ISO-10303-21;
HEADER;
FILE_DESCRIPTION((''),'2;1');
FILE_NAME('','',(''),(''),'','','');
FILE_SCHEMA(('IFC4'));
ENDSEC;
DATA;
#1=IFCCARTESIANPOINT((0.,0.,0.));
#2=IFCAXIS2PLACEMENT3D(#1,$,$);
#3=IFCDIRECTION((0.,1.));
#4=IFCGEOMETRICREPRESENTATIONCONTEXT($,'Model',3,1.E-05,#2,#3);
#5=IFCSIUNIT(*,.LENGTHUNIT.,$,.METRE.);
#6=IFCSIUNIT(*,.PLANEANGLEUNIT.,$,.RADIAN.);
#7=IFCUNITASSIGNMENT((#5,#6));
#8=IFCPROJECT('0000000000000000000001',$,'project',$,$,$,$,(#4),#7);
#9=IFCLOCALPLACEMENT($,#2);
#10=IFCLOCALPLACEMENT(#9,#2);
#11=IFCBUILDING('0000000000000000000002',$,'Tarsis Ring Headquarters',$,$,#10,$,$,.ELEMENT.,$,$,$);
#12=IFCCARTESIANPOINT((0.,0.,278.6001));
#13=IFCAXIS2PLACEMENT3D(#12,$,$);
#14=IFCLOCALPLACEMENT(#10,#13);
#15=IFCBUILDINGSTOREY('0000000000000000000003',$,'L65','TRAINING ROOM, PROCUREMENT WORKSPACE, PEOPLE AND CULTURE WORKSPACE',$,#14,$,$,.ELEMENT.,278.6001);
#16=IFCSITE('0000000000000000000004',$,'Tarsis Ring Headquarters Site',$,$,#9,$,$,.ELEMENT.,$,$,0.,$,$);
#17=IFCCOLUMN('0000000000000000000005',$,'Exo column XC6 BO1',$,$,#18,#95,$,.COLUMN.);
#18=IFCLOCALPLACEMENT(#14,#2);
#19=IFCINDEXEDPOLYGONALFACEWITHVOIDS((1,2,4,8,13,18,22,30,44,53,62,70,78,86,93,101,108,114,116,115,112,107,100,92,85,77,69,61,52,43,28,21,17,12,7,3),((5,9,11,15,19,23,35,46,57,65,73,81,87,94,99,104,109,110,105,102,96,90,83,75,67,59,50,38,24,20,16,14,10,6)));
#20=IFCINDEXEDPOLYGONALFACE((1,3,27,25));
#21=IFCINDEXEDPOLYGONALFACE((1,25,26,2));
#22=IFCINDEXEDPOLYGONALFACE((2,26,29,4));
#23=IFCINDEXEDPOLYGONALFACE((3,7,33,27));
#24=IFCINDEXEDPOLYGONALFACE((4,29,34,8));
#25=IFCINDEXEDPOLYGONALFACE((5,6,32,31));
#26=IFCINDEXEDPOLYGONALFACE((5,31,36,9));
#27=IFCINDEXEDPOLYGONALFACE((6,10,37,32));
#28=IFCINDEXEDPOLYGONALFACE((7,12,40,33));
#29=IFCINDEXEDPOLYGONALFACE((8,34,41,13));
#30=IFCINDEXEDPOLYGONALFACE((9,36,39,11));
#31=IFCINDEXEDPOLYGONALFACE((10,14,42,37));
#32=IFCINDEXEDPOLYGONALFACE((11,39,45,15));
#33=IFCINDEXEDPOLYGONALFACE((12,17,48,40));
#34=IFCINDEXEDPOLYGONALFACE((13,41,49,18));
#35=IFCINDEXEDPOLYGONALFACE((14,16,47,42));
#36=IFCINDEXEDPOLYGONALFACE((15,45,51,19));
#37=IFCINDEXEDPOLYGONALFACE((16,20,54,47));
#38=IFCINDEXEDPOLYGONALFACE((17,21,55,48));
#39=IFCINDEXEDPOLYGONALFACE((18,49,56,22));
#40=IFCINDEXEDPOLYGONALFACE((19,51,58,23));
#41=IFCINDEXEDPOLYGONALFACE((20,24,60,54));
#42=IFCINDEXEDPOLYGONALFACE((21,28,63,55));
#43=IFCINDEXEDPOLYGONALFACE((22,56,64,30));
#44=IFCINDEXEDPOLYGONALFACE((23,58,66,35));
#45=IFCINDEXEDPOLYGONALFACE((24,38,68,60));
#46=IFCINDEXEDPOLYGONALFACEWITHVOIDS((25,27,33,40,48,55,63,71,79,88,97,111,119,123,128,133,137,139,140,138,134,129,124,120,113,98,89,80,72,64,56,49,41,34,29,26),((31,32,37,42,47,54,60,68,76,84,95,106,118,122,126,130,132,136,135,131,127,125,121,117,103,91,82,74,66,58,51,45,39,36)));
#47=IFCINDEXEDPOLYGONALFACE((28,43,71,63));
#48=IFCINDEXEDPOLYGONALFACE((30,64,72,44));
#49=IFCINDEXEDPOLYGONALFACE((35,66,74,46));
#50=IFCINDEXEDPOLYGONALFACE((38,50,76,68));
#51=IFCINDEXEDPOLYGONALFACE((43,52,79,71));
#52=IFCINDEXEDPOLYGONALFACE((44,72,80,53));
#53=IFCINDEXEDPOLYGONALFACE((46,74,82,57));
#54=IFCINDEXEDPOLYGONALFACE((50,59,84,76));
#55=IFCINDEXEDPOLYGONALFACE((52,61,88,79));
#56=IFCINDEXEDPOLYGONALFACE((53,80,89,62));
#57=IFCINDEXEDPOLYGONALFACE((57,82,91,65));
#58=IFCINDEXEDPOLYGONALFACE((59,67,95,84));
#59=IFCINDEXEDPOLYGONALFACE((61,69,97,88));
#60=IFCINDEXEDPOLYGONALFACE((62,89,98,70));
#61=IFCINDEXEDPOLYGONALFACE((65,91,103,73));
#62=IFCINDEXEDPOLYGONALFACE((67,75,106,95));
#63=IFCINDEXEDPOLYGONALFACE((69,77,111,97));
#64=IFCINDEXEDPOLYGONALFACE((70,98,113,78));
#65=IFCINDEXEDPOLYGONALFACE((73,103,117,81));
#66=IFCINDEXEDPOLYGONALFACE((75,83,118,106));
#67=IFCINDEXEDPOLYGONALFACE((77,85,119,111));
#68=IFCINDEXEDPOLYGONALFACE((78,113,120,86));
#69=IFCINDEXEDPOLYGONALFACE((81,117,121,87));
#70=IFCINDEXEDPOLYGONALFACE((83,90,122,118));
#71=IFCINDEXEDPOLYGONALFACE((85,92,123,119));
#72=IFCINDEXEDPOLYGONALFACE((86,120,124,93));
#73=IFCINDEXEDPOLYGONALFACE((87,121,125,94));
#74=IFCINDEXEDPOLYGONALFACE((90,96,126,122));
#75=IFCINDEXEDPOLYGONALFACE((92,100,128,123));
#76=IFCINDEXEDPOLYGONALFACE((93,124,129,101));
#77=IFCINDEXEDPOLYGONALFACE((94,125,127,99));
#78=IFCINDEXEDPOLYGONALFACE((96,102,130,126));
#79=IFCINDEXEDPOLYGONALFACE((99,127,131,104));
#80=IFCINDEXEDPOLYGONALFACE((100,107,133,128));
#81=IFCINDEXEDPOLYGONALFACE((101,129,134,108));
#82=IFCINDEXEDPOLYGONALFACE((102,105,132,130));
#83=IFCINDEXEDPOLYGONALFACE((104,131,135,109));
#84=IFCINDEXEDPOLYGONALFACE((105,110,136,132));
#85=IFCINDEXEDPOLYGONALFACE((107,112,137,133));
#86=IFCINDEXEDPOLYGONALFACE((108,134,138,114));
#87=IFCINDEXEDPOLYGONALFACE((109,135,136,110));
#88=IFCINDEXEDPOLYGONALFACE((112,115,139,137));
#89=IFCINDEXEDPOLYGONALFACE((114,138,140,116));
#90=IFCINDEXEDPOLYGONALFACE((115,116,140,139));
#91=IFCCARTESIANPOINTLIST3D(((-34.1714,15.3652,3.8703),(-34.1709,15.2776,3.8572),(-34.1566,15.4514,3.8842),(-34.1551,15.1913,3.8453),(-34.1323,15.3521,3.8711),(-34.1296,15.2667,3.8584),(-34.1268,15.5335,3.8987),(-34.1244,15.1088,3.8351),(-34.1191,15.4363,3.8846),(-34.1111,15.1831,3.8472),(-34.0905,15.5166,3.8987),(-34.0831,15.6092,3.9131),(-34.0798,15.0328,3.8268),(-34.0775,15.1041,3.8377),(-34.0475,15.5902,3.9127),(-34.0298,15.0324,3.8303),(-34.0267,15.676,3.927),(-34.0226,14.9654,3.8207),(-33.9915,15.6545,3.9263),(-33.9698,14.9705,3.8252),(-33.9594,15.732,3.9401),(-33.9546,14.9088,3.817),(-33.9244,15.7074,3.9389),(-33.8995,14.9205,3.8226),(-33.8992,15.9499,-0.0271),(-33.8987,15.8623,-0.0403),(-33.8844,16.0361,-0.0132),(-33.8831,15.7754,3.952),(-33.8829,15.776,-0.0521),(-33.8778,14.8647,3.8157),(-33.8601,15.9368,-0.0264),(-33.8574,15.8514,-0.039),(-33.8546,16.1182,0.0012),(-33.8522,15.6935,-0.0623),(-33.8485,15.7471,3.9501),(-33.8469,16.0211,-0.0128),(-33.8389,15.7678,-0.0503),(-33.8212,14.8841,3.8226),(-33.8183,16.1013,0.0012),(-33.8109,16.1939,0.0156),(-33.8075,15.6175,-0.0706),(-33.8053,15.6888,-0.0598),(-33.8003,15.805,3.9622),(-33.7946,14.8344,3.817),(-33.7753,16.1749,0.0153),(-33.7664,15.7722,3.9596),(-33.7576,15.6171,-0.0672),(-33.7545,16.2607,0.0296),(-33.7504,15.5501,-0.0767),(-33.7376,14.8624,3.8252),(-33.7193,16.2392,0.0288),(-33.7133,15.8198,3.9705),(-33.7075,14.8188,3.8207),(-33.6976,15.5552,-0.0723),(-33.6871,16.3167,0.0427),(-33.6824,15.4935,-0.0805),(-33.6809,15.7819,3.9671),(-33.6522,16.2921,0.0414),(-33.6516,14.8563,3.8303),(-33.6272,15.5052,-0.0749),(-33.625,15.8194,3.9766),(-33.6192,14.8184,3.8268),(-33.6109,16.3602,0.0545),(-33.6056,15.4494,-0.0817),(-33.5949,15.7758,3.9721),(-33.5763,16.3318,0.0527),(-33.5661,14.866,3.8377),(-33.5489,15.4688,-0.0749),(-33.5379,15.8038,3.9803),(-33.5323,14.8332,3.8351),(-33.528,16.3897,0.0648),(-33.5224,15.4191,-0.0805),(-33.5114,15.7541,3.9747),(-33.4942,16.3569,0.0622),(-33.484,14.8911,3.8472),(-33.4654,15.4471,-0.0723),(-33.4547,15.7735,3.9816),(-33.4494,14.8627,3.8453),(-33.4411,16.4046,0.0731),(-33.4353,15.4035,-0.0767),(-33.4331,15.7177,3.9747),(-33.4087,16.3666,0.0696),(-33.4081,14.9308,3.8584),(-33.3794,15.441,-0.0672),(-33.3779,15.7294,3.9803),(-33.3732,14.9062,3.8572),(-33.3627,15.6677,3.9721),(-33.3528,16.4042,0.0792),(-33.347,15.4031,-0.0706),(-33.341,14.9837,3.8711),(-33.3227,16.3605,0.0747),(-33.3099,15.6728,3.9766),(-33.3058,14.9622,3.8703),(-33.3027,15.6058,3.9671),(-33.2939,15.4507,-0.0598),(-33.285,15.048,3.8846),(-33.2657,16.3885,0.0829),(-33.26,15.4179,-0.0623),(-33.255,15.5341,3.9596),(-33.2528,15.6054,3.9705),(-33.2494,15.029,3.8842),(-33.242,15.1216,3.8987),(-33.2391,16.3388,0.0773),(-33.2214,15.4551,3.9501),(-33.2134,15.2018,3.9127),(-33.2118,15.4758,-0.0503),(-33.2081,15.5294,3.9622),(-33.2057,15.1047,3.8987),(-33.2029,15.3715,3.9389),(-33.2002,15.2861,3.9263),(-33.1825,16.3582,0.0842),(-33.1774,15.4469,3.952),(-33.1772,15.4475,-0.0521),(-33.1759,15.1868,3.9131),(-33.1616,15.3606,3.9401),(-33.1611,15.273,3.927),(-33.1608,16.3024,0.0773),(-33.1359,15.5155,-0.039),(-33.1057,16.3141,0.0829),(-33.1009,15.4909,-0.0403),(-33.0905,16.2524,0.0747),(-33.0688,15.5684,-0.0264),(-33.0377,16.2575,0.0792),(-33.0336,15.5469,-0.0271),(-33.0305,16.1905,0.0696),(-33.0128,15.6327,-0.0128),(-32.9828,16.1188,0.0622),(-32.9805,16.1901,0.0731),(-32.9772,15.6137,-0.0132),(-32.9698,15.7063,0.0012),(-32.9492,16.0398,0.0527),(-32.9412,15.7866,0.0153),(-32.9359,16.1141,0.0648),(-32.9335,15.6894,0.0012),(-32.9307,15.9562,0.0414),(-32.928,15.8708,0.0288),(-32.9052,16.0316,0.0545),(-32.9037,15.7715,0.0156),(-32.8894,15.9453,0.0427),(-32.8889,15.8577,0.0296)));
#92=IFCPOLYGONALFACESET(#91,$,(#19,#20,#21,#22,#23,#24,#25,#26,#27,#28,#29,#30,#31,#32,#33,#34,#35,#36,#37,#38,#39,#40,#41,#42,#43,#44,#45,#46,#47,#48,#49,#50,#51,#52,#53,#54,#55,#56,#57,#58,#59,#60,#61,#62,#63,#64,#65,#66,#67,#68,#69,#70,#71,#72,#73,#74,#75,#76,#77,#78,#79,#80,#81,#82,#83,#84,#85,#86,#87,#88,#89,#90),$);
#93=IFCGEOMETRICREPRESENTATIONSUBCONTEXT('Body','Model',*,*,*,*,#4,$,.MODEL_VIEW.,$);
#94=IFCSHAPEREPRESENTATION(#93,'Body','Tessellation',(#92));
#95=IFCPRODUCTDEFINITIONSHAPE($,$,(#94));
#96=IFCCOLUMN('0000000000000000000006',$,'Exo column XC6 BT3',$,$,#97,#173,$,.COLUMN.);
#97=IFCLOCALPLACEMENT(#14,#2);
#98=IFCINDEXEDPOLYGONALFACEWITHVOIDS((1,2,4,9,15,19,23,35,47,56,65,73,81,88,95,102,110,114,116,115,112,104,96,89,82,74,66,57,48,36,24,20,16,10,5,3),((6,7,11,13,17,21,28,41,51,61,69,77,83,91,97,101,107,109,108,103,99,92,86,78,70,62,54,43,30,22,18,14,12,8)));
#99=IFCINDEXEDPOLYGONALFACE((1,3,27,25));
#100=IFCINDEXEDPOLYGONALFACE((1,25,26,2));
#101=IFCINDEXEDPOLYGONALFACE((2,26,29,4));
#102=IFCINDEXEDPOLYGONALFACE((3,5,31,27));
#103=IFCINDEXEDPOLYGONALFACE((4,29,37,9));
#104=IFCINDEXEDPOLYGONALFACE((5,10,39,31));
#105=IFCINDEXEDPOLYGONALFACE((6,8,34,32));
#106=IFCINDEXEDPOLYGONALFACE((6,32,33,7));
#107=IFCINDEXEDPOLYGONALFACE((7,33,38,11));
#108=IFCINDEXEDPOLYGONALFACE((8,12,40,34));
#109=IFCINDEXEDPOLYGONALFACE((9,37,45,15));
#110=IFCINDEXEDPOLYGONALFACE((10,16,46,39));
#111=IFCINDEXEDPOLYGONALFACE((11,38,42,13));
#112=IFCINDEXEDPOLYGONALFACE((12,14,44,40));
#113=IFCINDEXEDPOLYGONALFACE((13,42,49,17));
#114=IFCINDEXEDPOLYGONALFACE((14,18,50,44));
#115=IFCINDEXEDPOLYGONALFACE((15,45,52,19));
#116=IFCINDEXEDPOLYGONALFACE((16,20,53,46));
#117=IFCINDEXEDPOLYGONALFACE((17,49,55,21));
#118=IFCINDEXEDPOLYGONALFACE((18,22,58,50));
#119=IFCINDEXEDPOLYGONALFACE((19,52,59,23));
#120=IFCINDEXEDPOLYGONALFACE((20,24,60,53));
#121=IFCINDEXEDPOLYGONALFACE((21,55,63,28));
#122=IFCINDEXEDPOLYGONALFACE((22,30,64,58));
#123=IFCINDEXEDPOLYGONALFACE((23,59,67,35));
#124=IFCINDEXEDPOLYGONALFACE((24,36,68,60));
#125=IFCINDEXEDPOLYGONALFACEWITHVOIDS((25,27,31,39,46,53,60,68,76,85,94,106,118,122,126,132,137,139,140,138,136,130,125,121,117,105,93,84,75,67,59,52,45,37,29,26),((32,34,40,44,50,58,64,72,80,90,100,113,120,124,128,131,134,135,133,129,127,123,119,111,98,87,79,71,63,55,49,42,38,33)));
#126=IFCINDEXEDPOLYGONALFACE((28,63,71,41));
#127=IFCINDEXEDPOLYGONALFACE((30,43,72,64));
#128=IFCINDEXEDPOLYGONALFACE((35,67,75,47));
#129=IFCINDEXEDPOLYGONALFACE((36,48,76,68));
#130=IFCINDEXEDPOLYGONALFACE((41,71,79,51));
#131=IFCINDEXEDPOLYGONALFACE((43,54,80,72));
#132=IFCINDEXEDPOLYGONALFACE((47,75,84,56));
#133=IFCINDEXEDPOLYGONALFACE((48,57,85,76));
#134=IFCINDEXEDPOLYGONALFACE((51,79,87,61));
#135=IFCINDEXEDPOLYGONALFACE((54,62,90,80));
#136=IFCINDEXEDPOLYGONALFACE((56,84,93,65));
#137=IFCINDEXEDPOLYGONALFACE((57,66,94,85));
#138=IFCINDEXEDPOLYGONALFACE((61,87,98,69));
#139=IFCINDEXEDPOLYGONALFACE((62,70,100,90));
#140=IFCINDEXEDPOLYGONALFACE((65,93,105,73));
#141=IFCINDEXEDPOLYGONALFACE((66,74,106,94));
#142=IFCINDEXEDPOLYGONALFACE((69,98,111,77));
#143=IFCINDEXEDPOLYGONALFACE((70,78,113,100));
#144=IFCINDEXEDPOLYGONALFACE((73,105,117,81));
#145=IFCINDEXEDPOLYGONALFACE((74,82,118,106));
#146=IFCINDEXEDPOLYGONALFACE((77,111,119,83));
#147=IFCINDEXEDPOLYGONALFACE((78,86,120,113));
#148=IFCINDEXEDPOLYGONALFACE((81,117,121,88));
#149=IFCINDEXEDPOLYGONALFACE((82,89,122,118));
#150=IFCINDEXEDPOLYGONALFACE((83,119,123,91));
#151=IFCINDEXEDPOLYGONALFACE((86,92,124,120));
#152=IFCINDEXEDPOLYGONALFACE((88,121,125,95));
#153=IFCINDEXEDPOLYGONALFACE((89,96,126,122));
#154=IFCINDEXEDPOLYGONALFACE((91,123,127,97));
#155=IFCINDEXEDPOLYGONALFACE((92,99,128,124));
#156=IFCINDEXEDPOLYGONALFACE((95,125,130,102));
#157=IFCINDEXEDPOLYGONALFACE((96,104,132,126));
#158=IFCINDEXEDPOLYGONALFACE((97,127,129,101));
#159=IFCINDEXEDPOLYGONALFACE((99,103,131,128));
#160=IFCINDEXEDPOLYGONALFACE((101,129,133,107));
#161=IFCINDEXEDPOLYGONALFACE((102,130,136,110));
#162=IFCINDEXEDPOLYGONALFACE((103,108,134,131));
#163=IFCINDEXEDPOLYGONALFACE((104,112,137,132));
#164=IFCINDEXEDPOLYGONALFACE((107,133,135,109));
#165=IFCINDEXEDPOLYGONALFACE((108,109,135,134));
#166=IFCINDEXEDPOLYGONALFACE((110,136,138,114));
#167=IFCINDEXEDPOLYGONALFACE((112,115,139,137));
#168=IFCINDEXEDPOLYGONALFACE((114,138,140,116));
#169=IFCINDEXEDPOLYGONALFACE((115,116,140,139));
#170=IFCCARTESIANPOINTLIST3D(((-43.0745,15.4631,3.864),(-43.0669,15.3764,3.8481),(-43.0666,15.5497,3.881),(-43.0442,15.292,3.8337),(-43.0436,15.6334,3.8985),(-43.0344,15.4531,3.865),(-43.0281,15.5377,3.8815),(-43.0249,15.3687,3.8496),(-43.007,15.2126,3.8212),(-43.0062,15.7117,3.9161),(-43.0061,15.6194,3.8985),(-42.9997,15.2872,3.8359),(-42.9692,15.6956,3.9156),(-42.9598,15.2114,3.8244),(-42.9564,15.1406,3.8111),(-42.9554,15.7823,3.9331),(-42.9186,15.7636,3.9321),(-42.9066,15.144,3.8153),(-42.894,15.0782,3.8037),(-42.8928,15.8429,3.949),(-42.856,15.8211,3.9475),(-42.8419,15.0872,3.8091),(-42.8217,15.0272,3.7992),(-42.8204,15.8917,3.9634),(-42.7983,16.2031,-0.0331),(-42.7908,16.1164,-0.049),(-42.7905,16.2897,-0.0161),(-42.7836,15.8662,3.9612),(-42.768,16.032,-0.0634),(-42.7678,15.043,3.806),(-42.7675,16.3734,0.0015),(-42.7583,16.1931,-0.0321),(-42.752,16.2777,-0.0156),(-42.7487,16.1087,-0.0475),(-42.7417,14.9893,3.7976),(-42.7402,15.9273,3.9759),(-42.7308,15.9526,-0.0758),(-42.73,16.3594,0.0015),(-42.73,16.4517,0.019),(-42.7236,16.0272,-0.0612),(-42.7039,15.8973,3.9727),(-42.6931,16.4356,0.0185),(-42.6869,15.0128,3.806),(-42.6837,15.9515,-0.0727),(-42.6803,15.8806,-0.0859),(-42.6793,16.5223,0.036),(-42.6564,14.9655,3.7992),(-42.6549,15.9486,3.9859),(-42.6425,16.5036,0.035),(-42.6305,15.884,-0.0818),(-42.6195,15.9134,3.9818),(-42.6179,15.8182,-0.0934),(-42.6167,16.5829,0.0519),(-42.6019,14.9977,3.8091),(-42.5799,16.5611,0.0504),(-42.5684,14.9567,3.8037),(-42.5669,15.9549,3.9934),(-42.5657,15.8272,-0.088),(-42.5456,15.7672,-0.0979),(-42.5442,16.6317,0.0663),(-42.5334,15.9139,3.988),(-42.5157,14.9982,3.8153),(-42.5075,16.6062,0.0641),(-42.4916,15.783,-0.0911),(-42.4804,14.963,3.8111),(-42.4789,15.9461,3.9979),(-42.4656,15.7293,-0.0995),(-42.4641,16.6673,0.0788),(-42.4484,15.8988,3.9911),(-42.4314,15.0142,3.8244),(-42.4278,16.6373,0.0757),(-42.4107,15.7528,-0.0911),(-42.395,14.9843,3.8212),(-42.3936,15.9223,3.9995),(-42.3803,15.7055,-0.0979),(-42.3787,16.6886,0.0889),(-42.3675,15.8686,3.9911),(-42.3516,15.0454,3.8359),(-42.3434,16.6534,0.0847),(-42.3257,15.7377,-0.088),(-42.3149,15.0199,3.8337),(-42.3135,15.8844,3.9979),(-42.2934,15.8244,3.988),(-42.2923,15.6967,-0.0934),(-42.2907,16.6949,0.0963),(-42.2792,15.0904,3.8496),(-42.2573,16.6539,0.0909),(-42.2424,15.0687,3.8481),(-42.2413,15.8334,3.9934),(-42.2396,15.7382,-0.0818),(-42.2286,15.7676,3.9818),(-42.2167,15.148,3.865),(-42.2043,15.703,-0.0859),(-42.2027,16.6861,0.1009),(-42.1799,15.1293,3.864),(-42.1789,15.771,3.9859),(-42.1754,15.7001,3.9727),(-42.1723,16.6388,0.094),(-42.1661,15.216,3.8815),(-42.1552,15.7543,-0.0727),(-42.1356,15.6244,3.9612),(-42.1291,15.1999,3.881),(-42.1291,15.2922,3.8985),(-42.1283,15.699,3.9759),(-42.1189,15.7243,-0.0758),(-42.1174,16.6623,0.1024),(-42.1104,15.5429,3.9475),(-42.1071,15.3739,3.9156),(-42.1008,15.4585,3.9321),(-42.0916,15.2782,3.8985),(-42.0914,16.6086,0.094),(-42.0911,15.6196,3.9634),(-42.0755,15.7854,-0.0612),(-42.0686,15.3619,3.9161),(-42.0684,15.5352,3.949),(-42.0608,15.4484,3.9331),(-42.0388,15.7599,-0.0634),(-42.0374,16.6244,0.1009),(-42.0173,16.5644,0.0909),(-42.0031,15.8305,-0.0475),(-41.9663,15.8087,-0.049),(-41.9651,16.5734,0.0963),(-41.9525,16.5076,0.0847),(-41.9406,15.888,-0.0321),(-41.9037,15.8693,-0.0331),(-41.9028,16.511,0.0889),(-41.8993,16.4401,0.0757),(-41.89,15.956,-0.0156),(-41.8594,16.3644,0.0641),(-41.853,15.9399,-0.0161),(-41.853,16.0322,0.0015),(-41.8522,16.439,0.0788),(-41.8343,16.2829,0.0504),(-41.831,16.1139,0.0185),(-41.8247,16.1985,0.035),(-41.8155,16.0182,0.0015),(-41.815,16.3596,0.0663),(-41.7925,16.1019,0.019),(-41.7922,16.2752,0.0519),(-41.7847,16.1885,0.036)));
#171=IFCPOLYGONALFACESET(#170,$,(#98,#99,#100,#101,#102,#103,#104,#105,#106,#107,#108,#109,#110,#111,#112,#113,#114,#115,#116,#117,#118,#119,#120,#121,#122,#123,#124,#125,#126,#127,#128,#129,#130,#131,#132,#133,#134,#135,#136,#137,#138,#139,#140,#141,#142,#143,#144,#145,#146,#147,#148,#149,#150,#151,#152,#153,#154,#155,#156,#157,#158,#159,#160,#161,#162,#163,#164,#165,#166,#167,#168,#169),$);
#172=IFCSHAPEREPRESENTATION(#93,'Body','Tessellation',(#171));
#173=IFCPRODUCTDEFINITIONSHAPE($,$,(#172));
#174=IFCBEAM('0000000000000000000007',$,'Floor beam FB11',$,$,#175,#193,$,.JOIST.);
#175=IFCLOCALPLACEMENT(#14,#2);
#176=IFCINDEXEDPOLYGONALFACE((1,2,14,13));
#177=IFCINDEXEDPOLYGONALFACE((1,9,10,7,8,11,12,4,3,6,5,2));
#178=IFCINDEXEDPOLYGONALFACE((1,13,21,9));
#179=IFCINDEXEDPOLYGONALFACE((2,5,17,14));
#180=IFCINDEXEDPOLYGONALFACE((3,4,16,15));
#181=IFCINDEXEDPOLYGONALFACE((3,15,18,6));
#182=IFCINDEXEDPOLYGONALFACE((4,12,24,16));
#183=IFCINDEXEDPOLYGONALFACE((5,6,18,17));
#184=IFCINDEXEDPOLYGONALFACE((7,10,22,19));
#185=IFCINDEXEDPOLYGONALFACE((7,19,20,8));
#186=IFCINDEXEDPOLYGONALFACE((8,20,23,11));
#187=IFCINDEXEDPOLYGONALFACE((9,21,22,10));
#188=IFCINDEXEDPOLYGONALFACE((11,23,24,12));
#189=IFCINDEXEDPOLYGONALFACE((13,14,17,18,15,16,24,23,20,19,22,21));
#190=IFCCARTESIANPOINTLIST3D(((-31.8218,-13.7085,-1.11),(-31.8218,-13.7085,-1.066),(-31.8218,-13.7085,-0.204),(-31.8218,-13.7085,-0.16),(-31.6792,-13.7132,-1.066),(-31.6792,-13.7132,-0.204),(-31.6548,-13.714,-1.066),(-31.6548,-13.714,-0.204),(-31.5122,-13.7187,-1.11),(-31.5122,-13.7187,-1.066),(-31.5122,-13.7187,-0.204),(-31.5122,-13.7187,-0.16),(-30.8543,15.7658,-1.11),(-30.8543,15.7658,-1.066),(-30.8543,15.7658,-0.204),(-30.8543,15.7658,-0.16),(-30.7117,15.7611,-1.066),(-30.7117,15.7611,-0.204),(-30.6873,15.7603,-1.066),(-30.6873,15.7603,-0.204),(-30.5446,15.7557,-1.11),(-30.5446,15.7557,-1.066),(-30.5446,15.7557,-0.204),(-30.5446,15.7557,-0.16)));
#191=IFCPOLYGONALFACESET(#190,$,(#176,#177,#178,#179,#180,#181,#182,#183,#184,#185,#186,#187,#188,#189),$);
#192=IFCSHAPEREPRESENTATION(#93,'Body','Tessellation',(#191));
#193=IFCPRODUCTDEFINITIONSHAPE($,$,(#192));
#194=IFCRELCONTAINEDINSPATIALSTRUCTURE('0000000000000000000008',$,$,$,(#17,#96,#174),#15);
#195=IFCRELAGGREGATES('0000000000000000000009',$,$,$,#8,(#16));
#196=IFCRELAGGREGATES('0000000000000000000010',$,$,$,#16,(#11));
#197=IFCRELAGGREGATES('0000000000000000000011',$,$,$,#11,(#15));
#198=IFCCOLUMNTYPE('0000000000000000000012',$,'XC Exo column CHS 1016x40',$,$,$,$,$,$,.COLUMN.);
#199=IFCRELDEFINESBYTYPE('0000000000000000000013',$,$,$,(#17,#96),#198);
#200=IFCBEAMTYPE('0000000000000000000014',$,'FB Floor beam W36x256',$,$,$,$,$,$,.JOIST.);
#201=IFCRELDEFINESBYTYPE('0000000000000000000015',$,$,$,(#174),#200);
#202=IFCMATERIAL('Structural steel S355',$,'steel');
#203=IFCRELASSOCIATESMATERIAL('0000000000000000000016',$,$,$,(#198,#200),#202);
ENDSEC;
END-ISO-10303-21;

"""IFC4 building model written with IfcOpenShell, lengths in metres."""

from ifc_helpers import new_model, si_unit, direction, frame, origin, origin_2d, place, context, subcontext, project, spatial, hollow_circle, i_section, extrude, material, material_profile, profile_set, type_object, element, save


model = new_model("IFC4")

# Units and contexts
model_context = context("Model", 3, precision=1e-05, world=origin(), true_north=direction((0.0, 1.0)))
body_context = subcontext(model_context, "Body", "Model", "MODEL_VIEW")
ifc_project = project(units=[si_unit("LENGTHUNIT", "METRE"), si_unit("PLANEANGLEUNIT", "RADIAN")], contexts=[model_context])

# Site, building, storey
site_placement = place(None, origin())
site = spatial("IfcSite", under=ifc_project, at=site_placement, Name="Tarsis Ring Headquarters Site", CompositionType="ELEMENT", RefElevation=0.0)
building_placement = place(site_placement, origin())
building = spatial("IfcBuilding", under=site, at=building_placement, Name="Tarsis Ring Headquarters", CompositionType="ELEMENT")
storey_placement = place(building_placement, frame((0.0, 0.0, 278.6001)))
storey = spatial("IfcBuildingStorey", under=building, at=storey_placement, Name="L65", Description="TRAINING ROOM, PROCUREMENT WORKSPACE, PEOPLE AND CULTURE WORKSPACE", CompositionType="ELEMENT", Elevation=278.6001)

# Columns
ifc_material_1 = material(Name="Structural steel S355", Category="steel")
ifc_material_profile_1 = material_profile(ifc_material_1, hollow_circle(Radius=0.5081, WallThickness=0.04, at=origin_2d()), Name="CHS 1016x40")
ifc_profile_set_1 = profile_set([ifc_material_profile_1], Name="Structural steel S355")
column_type = type_object("IfcColumnType", Name="XC Exo column CHS 1016x40", PredefinedType="COLUMN", material=ifc_profile_set_1)
column_1_placement = place(storey_placement, frame((-33.394, 15.9038, 0.0012), z_axis=(-0.068907, -0.148012, 0.986582), x_axis=(0.90657, -0.422056, 0.0)))
element("IfcColumn", 1, at=column_1_placement, inside=storey, type_object=column_type, Name="Exo column XC6 BO1", PredefinedType="COLUMN", context=body_context, shape_type="SweptSolid", body=[
    extrude(hollow_circle(Radius=0.5081, WallThickness=0.04, at=origin_2d()), origin(), (0.0, 0.0, 1.0), 3.9504),
])
column_2_placement = place(storey_placement, frame((-42.2915, 16.1958, 0.0015), z_axis=(-0.069444, -0.186105, 0.980073), x_axis=(0.9369, -0.349599, 0.0)))
element("IfcColumn", 2, at=column_2_placement, inside=storey, type_object=column_type, Name="Exo column XC6 BT3", PredefinedType="COLUMN", context=body_context, shape_type="SweptSolid", body=[
    extrude(hollow_circle(Radius=0.5081, WallThickness=0.04, at=origin_2d()), origin(), (0.0, 0.0, 1.0), 3.9763),
])

# Beam
ifc_material_profile_2 = material_profile(ifc_material_1, i_section(OverallWidth=0.3098, OverallDepth=0.95, WebThickness=0.0244, FlangeThickness=0.0439, at=origin_2d()), Name="W36x256")
ifc_profile_set_2 = profile_set([ifc_material_profile_2], Name="Structural steel S355")
beam_type_1 = type_object("IfcBeamType", Name="FB Floor beam W36x256", PredefinedType="JOIST", material=ifc_profile_set_2)
for number, where, z_axis, x_axis, name in (
    (3, (-30.6995, 15.7607, -0.635), (-0.032808, -0.999462, 0.0), (0.999462, -0.032808, 0.0), "Floor beam FB11"),
):
    element("IfcBeam", number, at=place(storey_placement, frame(where, z_axis=z_axis, x_axis=x_axis)), inside=storey, type_object=beam_type_1, Name=name, PredefinedType="JOIST", context=body_context, shape_type="SweptSolid", body=[
        extrude(i_section(OverallWidth=0.3098, OverallDepth=0.95, WebThickness=0.0244, FlangeThickness=0.0439, at=origin_2d()), origin(), (0.0, 0.0, 1.0), 29.4902),
    ])

save(model, "model.ifc")
